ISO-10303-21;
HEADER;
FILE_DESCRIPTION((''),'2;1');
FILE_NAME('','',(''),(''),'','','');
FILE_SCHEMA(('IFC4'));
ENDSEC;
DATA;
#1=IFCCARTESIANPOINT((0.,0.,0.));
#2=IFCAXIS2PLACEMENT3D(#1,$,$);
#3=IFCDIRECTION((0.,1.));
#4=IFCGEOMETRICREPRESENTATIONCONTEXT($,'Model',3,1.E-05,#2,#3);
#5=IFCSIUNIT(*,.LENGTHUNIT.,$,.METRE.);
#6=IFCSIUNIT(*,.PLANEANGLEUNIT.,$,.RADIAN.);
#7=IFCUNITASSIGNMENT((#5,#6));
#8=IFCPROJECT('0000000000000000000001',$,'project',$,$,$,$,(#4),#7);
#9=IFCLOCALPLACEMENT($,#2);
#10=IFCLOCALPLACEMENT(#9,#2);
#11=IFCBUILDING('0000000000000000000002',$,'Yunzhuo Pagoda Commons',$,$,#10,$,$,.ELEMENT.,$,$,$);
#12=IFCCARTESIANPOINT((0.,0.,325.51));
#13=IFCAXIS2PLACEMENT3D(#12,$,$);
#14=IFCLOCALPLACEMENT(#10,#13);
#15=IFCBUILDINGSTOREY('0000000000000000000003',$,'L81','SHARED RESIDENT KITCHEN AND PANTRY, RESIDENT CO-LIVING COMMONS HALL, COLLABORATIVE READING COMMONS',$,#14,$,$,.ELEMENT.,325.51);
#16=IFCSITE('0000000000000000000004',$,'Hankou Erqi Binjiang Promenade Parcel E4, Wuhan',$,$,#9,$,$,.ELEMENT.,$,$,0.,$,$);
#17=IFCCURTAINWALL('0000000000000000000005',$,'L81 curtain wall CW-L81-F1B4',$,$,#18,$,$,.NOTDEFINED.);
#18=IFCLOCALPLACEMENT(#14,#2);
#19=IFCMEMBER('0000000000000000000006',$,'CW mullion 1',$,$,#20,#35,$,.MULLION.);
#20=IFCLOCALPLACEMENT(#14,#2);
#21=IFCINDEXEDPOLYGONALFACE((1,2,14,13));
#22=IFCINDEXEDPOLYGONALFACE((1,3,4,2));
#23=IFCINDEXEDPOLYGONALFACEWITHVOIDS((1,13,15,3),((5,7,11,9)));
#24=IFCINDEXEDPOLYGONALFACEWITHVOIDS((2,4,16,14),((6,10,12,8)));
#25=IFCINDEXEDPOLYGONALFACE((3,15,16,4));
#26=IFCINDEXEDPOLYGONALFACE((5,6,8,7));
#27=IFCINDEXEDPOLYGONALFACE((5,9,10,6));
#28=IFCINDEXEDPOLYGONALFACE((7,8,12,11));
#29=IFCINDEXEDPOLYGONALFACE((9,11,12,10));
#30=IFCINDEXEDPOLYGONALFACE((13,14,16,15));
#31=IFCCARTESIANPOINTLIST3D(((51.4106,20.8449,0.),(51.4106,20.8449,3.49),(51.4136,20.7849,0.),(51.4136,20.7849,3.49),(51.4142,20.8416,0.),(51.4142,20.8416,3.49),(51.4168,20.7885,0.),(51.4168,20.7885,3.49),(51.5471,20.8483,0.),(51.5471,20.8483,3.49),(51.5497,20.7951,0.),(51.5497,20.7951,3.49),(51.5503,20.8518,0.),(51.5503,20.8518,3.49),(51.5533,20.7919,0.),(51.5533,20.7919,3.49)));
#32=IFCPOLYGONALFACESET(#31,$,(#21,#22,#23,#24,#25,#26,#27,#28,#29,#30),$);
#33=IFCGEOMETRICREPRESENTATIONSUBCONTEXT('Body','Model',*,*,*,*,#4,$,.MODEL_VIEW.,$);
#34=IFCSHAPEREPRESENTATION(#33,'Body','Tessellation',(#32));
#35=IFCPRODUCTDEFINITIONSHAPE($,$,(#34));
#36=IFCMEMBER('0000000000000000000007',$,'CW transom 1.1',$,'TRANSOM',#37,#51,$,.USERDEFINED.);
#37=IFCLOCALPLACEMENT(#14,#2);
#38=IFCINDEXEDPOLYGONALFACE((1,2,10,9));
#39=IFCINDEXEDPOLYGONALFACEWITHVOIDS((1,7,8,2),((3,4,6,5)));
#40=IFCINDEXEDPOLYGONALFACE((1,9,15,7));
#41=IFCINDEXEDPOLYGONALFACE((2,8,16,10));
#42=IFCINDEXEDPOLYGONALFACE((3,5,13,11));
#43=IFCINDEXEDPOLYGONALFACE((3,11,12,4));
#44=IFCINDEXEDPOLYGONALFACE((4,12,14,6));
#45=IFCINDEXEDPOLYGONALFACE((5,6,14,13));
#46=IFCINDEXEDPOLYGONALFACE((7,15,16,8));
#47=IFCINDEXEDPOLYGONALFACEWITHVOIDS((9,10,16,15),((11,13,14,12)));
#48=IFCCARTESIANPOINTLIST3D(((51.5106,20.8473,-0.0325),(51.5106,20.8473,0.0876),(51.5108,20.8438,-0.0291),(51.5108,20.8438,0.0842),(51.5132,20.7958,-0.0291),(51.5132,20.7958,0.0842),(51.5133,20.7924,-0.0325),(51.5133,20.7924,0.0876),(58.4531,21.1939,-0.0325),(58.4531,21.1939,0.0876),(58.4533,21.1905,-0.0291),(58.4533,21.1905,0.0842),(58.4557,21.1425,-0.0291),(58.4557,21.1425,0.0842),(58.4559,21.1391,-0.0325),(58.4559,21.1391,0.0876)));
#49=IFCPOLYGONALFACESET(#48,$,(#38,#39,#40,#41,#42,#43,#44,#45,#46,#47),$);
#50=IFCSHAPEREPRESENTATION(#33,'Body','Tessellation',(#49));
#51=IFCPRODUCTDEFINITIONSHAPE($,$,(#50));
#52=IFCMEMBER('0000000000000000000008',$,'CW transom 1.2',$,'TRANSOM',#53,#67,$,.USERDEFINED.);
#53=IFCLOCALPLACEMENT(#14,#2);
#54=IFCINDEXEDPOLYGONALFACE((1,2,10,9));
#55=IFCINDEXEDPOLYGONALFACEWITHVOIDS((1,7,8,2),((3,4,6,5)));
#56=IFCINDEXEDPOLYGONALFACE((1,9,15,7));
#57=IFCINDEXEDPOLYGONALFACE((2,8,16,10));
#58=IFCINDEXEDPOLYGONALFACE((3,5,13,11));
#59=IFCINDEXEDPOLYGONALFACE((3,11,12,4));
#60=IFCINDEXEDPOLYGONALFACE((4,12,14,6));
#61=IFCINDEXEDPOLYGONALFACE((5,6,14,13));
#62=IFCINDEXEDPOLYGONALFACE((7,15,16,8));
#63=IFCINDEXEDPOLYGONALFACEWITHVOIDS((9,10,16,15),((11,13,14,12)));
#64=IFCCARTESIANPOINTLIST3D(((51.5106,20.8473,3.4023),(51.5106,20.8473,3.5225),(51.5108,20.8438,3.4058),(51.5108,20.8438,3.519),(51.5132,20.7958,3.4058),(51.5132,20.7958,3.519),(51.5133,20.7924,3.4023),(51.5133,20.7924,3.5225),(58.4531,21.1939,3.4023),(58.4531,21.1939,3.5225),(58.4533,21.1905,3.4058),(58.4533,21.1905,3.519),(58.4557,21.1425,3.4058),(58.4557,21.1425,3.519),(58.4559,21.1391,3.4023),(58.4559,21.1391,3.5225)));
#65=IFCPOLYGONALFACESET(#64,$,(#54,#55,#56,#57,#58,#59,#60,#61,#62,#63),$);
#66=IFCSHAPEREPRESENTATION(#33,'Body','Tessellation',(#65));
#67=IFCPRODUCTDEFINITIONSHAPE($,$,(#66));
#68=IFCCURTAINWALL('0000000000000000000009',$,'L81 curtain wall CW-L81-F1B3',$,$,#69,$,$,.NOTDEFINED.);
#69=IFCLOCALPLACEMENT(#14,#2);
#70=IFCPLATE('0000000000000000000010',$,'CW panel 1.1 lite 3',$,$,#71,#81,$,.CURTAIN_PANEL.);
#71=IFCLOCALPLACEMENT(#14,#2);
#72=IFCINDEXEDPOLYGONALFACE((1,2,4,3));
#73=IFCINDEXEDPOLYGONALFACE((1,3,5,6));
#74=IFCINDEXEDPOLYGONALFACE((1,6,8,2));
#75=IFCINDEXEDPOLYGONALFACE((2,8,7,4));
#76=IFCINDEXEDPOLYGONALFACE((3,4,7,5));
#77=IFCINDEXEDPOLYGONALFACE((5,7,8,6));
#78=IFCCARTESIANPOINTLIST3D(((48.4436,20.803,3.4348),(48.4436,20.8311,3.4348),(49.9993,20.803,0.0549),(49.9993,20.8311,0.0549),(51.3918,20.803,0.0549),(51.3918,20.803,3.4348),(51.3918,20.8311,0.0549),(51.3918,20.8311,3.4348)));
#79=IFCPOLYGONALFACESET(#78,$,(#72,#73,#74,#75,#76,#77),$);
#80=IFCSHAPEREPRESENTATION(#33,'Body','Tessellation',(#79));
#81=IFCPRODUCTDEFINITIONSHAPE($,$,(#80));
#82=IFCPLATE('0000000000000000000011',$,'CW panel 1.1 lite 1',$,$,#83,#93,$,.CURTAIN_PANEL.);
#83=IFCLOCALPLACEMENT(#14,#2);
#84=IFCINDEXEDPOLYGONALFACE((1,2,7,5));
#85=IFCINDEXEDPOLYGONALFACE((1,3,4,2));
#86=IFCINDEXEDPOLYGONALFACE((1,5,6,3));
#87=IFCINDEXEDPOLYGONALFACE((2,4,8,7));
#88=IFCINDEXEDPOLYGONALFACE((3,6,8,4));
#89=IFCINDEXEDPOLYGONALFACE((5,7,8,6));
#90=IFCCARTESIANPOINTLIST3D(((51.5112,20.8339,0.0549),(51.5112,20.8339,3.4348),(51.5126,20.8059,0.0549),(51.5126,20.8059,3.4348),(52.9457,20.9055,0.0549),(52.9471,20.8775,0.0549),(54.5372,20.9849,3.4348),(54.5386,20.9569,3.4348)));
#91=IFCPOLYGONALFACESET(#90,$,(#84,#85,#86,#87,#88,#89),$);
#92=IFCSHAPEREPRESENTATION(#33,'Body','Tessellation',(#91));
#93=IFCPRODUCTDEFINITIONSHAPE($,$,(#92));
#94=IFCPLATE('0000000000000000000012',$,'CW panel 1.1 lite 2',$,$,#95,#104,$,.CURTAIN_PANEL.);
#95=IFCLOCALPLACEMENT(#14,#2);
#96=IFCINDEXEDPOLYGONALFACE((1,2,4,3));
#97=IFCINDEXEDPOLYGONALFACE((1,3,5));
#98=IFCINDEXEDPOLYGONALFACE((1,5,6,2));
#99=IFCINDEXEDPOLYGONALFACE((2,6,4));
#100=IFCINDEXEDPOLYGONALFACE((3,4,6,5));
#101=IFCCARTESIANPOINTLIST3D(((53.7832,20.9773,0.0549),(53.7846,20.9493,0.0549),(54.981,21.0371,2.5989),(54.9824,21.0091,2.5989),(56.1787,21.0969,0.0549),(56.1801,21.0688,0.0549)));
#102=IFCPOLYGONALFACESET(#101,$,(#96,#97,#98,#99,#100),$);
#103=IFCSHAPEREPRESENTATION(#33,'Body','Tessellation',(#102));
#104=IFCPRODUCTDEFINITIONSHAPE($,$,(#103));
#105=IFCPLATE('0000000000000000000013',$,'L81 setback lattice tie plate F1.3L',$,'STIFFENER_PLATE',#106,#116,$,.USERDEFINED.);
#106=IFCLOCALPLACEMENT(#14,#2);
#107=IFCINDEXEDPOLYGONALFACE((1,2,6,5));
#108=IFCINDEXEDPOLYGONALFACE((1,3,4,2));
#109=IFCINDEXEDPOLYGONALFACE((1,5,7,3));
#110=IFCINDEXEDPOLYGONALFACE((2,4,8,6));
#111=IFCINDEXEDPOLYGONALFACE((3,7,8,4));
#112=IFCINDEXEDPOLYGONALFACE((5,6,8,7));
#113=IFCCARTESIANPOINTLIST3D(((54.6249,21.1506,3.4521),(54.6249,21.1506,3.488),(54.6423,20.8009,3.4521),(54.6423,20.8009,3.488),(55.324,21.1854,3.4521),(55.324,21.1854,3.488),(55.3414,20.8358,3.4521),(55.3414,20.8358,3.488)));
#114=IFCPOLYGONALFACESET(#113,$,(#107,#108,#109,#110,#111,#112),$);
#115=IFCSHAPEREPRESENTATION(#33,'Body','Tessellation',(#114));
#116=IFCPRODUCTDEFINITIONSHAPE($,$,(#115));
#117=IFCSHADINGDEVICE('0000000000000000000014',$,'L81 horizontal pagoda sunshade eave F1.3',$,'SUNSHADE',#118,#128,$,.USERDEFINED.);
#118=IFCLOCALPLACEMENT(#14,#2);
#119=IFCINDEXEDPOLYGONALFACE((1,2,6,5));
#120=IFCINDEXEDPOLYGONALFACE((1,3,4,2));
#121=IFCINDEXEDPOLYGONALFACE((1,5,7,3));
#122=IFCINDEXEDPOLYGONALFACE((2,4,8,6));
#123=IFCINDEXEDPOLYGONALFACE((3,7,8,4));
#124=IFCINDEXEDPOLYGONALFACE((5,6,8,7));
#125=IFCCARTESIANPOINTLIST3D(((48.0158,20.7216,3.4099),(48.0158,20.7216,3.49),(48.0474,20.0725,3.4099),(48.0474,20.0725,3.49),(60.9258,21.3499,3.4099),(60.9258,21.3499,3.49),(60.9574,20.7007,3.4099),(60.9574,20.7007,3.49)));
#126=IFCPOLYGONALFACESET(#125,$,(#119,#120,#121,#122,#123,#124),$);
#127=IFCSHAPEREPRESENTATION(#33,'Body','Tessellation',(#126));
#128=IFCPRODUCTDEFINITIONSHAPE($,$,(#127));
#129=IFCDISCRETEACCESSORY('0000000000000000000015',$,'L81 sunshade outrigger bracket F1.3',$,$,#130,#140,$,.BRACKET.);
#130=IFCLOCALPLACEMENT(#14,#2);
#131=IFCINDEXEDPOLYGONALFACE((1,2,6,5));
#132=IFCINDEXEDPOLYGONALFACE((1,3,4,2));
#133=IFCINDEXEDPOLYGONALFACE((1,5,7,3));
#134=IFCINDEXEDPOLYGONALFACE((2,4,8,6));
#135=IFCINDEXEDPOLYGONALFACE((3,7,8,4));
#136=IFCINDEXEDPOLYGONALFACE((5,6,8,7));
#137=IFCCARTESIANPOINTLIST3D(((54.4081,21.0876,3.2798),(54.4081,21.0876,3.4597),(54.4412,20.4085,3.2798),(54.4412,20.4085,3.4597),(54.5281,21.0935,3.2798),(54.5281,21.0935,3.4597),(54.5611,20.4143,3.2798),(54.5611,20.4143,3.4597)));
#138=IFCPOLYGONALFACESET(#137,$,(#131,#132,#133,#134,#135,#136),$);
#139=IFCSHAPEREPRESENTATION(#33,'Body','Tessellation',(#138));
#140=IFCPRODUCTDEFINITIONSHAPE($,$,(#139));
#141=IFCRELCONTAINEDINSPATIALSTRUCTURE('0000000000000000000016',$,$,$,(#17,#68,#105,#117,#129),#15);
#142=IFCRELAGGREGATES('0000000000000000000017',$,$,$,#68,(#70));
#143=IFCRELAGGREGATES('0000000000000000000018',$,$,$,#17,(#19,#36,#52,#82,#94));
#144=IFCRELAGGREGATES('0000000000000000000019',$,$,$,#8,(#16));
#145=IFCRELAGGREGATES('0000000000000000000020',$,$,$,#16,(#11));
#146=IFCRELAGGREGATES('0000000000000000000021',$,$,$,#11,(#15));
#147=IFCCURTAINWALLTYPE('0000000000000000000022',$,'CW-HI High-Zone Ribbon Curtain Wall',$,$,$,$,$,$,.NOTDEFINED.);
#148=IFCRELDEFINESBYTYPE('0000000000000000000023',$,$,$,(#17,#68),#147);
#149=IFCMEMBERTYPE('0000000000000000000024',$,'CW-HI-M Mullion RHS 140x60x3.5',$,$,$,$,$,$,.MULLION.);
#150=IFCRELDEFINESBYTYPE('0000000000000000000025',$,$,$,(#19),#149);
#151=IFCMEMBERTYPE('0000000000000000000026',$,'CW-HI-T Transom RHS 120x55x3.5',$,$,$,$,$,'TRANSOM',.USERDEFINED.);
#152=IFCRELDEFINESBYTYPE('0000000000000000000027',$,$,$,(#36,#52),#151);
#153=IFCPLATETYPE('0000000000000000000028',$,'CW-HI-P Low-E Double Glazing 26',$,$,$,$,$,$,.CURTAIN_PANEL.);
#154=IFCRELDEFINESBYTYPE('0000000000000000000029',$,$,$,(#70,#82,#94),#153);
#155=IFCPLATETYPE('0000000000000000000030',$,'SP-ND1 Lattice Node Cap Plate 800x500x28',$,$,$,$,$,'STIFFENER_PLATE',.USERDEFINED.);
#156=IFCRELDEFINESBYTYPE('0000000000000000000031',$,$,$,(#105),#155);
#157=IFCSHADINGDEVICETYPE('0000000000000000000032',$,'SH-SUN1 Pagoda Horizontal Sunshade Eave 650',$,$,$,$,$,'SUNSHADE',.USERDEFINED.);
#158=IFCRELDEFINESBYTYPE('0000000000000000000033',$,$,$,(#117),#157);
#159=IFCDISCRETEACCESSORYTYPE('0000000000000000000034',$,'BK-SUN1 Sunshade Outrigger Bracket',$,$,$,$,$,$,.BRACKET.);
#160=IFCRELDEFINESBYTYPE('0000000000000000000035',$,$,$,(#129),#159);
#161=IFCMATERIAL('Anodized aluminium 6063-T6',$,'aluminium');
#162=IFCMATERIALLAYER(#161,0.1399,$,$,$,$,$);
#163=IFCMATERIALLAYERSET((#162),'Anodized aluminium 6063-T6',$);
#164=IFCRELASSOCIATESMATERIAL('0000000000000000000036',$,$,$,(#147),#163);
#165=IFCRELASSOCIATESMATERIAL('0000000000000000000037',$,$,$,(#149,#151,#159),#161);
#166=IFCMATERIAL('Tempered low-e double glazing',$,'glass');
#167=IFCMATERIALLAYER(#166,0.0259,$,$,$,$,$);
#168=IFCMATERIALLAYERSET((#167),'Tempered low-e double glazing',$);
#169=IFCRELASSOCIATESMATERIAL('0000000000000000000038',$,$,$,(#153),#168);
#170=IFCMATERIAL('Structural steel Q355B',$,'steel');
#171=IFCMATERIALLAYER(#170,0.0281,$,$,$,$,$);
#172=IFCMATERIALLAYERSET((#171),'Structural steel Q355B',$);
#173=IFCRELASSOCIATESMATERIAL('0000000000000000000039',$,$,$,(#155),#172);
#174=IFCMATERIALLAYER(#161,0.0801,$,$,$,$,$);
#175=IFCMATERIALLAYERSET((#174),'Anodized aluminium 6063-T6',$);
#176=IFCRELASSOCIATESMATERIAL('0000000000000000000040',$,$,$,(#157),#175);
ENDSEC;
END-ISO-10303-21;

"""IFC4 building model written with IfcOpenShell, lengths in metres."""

from ifc_helpers import new_model, si_unit, direction, frame, origin, origin_2d, place, context, subcontext, project, spatial, polyline, rectangle, hollow_rectangle, outline, extrude, source, transform, mapped, material, layer, layer_set, material_profile, profile_set, type_object, element, aggregate, save


model = new_model("IFC4")

# Units and contexts
model_context = context("Model", 3, precision=1e-05, world=origin(), true_north=direction((0.0, 1.0)))
body_context = subcontext(model_context, "Body", "Model", "MODEL_VIEW")
ifc_project = project(units=[si_unit("LENGTHUNIT", "METRE"), si_unit("PLANEANGLEUNIT", "RADIAN")], contexts=[model_context])

# Site, building, storey
site_placement = place(None, origin())
site = spatial("IfcSite", under=ifc_project, at=site_placement, Name="Hankou Erqi Binjiang Promenade Parcel E4, Wuhan", CompositionType="ELEMENT", RefElevation=0.0)
building_placement = place(site_placement, origin())
building = spatial("IfcBuilding", under=site, at=building_placement, Name="Yunzhuo Pagoda Commons", CompositionType="ELEMENT")
storey_placement = place(building_placement, frame((0.0, 0.0, 325.51)))
storey = spatial("IfcBuildingStorey", under=building, at=storey_placement, Name="L81", Description="SHARED RESIDENT KITCHEN AND PANTRY, RESIDENT CO-LIVING COMMONS HALL, COLLABORATIVE READING COMMONS", CompositionType="ELEMENT", Elevation=325.51)

# Shared definitions
ifc_material_1 = material(Name="Structural steel Q355B", Category="steel")

# Curtain wall, members
ifc_material_2 = material(Name="Anodized aluminium 6063-T6", Category="aluminium")
ifc_layer_1 = layer(ifc_material_2, 0.1399)
ifc_layer_set_1 = layer_set([ifc_layer_1], Name="Anodized aluminium 6063-T6")
curtain_wall_type = type_object("IfcCurtainWallType", Name="CW-HI High-Zone Ribbon Curtain Wall", PredefinedType="NOTDEFINED", material=ifc_layer_set_1)
curtain_wall_1_placement = place(storey_placement, origin())
curtain_wall_1 = element("IfcCurtainWall", 1, at=curtain_wall_1_placement, inside=storey, type_object=curtain_wall_type, Name="L81 curtain wall CW-L81-F1B4", PredefinedType="NOTDEFINED")
ifc_material_profile_1 = material_profile(ifc_material_2, hollow_rectangle(XDim=0.0601, YDim=0.1399, WallThickness=0.0034, at=origin_2d()), Name="Anodized aluminium 6063-T6")
ifc_profile_set_1 = profile_set([ifc_material_profile_1], Name="Anodized aluminium 6063-T6")
member_type_1 = type_object("IfcMemberType", Name="CW-HI-M Mullion RHS 140x60x3.5", PredefinedType="MULLION", material=ifc_profile_set_1)
shared_shape_1 = source(origin(), body_context, "Body", "SweptSolid", [
    extrude(hollow_rectangle(XDim=0.0601, YDim=0.1399, WallThickness=0.0034, at=origin_2d()), origin(), (0.0, 0.0, 1.0), 3.49),
])
member_1_placement = place(storey_placement, frame((51.4819, 20.8184, 0.0), z_axis=(0.0, 0.0, 1.0), x_axis=(-0.04985, 0.998757, 0.0)))
member_1 = element("IfcMember", 2, at=member_1_placement, type_object=member_type_1, Name="CW mullion 1", PredefinedType="MULLION", context=body_context, shape_type="MappedRepresentation", body=[
    mapped(shared_shape_1, transform((0.0, 0.0, 0.0), scale=1.0)),
])
ifc_material_profile_2 = material_profile(ifc_material_2, hollow_rectangle(XDim=0.0549, YDim=0.1201, WallThickness=0.0034, at=origin_2d()), Name="Anodized aluminium 6063-T6")
ifc_profile_set_2 = profile_set([ifc_material_profile_2], Name="Anodized aluminium 6063-T6")
member_type_2 = type_object("IfcMemberType", Name="CW-HI-T Transom RHS 120x55x3.5", ElementType="TRANSOM", PredefinedType="USERDEFINED", material=ifc_profile_set_2)
shared_shape_2 = source(origin(), body_context, "Body", "SweptSolid", [
    extrude(hollow_rectangle(XDim=0.0549, YDim=0.1201, WallThickness=0.0034, at=origin_2d()), origin(), (0.0, 0.0, 1.0), 6.9512),
])
member_2_placement = place(storey_placement, frame((51.512, 20.8198, 0.0276), z_axis=(0.998756, 0.049873, 0.0), x_axis=(-0.049873, 0.998756, 0.0)))
member_2 = element("IfcMember", 3, at=member_2_placement, type_object=member_type_2, Name="CW transom 1.1", ObjectType="TRANSOM", PredefinedType="USERDEFINED", context=body_context, shape_type="MappedRepresentation", body=[
    mapped(shared_shape_2, transform((0.0, 0.0, 0.0), scale=1.0)),
])
member_3_placement = place(storey_placement, frame((51.512, 20.8198, 3.4624), z_axis=(0.998756, 0.049873, 0.0), x_axis=(-0.049873, 0.998756, 0.0)))
member_3 = element("IfcMember", 4, at=member_3_placement, type_object=member_type_2, Name="CW transom 1.2", ObjectType="TRANSOM", PredefinedType="USERDEFINED", context=body_context, shape_type="MappedRepresentation", body=[
    mapped(shared_shape_2, transform((0.0, 0.0, 0.0), scale=1.0)),
])

# Curtain wall, plate
curtain_wall_2_placement = place(storey_placement, origin())
curtain_wall_2 = element("IfcCurtainWall", 5, at=curtain_wall_2_placement, inside=storey, type_object=curtain_wall_type, Name="L81 curtain wall CW-L81-F1B3", PredefinedType="NOTDEFINED")
ifc_material_3 = material(Name="Tempered low-e double glazing", Category="glass")
ifc_layer_2 = layer(ifc_material_3, 0.0259)
ifc_layer_set_2 = layer_set([ifc_layer_2], Name="Tempered low-e double glazing")
plate_type_1 = type_object("IfcPlateType", Name="CW-HI-P Low-E Double Glazing 26", PredefinedType="CURTAIN_PANEL", material=ifc_layer_set_2)
plate_1_placement = place(storey_placement, frame((49.9177, 20.8311, 1.7449), z_axis=(0.0, -1.0, 0.0), x_axis=(1.0, 0.0, 0.0)))
plate_1 = element("IfcPlate", 6, at=plate_1_placement, type_object=plate_type_1, Name="CW panel 1.1 lite 3", PredefinedType="CURTAIN_PANEL", context=body_context, shape_type="SweptSolid", body=[
    extrude(outline(polyline([(-1.4741, 1.6899), (0.0815, -1.6899), (1.4741, -1.6899), (1.4741, 1.6899), (-1.4741, 1.6899)])), origin(), (0.0, 0.0, 1.0), 0.0281),
])
aggregate(curtain_wall_2, [plate_1])

# Plates
plate_2_placement = place(storey_placement, frame((53.0242, 20.9094, 1.7449), z_axis=(0.04985, -0.998757, 0.0), x_axis=(0.998757, 0.04985, 0.0)))
plate_2 = element("IfcPlate", 7, at=plate_2_placement, type_object=plate_type_1, Name="CW panel 1.1 lite 1", PredefinedType="CURTAIN_PANEL", context=body_context, shape_type="SweptSolid", body=[
    extrude(outline(polyline([(-1.5149, -1.6899), (-0.0786, -1.6899), (1.5149, 1.6899), (-1.5149, 1.6899), (-1.5149, -1.6899)])), origin(), (0.0, 0.0, 1.0), 0.0281),
])
plate_3_placement = place(storey_placement, frame((54.981, 21.0371, 1.3269), z_axis=(0.04985, -0.998757, 0.0), x_axis=(0.998757, 0.04985, 0.0)))
plate_3 = element("IfcPlate", 8, at=plate_3_placement, type_object=plate_type_1, Name="CW panel 1.1 lite 2", PredefinedType="CURTAIN_PANEL", context=body_context, shape_type="SweptSolid", body=[
    extrude(outline(polyline([(-1.1992, -1.272), (1.1992, -1.272), (0.0, 1.272), (-1.1992, -1.272)])), origin(), (0.0, 0.0, 1.0), 0.0281),
])
aggregate(curtain_wall_1, [member_1, member_2, member_3, plate_2, plate_3])
ifc_layer_3 = layer(ifc_material_1, 0.0281)
ifc_layer_set_3 = layer_set([ifc_layer_3], Name="Structural steel Q355B")
plate_type_2 = type_object("IfcPlateType", Name="SP-ND1 Lattice Node Cap Plate 800x500x28", ElementType="STIFFENER_PLATE", PredefinedType="USERDEFINED", material=ifc_layer_set_3)
shared_shape_3 = source(origin(), body_context, "Body", "SweptSolid", [
    extrude(rectangle(XDim=0.7, YDim=0.3501, at=origin_2d()), origin(), (0.0, 0.0, 1.0), 0.0359),
])
plate_4_placement = place(storey_placement, frame((54.9832, 20.9932, 3.4521), z_axis=(0.0, 0.0, 1.0), x_axis=(0.998757, 0.049843, 0.0)))
element("IfcPlate", 9, at=plate_4_placement, inside=storey, type_object=plate_type_2, Name="L81 setback lattice tie plate F1.3L", ObjectType="STIFFENER_PLATE", PredefinedType="USERDEFINED", context=body_context, shape_type="MappedRepresentation", body=[
    mapped(shared_shape_3, transform((0.0, 0.0, 0.0), scale=1.0)),
])

# Shading device
ifc_layer_4 = layer(ifc_material_2, 0.0801)
ifc_layer_set_4 = layer_set([ifc_layer_4], Name="Anodized aluminium 6063-T6")
shading_device_type = type_object("IfcShadingDeviceType", Name="SH-SUN1 Pagoda Horizontal Sunshade Eave 650", ElementType="SUNSHADE", PredefinedType="USERDEFINED", material=ifc_layer_set_4)
shared_shape_4 = source(origin(), body_context, "Body", "SweptSolid", [
    extrude(rectangle(XDim=12.9253, YDim=0.6499, at=origin_2d()), origin(), (0.0, 0.0, 1.0), 0.0801),
])
shading_device_placement = place(storey_placement, frame((54.4866, 20.7112, 3.4099), z_axis=(0.0, 0.0, 1.0), x_axis=(0.998818, 0.048606, 0.0)))
element("IfcShadingDevice", 10, at=shading_device_placement, inside=storey, type_object=shading_device_type, Name="L81 horizontal pagoda sunshade eave F1.3", ObjectType="SUNSHADE", PredefinedType="USERDEFINED", context=body_context, shape_type="MappedRepresentation", body=[
    mapped(shared_shape_4, transform((0.0, 0.0, 0.0), scale=1.0)),
])

# Discrete accessory
discrete_accessory_type = type_object("IfcDiscreteAccessoryType", Name="BK-SUN1 Sunshade Outrigger Bracket", PredefinedType="BRACKET", material=ifc_material_2)
shared_shape_5 = source(origin(), body_context, "Body", "SweptSolid", [
    extrude(rectangle(XDim=0.1201, YDim=0.6799, at=origin_2d()), origin(), (0.0, 0.0, 1.0), 0.1799),
])
discrete_accessory_placement = place(storey_placement, frame((54.4846, 20.751, 3.2798), z_axis=(0.0, 0.0, 1.0), x_axis=(0.998818, 0.048606, 0.0)))
element("IfcDiscreteAccessory", 11, at=discrete_accessory_placement, inside=storey, type_object=discrete_accessory_type, Name="L81 sunshade outrigger bracket F1.3", PredefinedType="BRACKET", context=body_context, shape_type="MappedRepresentation", body=[
    mapped(shared_shape_5, transform((0.0, 0.0, 0.0), scale=1.0)),
])

save(model, "model.ifc")
